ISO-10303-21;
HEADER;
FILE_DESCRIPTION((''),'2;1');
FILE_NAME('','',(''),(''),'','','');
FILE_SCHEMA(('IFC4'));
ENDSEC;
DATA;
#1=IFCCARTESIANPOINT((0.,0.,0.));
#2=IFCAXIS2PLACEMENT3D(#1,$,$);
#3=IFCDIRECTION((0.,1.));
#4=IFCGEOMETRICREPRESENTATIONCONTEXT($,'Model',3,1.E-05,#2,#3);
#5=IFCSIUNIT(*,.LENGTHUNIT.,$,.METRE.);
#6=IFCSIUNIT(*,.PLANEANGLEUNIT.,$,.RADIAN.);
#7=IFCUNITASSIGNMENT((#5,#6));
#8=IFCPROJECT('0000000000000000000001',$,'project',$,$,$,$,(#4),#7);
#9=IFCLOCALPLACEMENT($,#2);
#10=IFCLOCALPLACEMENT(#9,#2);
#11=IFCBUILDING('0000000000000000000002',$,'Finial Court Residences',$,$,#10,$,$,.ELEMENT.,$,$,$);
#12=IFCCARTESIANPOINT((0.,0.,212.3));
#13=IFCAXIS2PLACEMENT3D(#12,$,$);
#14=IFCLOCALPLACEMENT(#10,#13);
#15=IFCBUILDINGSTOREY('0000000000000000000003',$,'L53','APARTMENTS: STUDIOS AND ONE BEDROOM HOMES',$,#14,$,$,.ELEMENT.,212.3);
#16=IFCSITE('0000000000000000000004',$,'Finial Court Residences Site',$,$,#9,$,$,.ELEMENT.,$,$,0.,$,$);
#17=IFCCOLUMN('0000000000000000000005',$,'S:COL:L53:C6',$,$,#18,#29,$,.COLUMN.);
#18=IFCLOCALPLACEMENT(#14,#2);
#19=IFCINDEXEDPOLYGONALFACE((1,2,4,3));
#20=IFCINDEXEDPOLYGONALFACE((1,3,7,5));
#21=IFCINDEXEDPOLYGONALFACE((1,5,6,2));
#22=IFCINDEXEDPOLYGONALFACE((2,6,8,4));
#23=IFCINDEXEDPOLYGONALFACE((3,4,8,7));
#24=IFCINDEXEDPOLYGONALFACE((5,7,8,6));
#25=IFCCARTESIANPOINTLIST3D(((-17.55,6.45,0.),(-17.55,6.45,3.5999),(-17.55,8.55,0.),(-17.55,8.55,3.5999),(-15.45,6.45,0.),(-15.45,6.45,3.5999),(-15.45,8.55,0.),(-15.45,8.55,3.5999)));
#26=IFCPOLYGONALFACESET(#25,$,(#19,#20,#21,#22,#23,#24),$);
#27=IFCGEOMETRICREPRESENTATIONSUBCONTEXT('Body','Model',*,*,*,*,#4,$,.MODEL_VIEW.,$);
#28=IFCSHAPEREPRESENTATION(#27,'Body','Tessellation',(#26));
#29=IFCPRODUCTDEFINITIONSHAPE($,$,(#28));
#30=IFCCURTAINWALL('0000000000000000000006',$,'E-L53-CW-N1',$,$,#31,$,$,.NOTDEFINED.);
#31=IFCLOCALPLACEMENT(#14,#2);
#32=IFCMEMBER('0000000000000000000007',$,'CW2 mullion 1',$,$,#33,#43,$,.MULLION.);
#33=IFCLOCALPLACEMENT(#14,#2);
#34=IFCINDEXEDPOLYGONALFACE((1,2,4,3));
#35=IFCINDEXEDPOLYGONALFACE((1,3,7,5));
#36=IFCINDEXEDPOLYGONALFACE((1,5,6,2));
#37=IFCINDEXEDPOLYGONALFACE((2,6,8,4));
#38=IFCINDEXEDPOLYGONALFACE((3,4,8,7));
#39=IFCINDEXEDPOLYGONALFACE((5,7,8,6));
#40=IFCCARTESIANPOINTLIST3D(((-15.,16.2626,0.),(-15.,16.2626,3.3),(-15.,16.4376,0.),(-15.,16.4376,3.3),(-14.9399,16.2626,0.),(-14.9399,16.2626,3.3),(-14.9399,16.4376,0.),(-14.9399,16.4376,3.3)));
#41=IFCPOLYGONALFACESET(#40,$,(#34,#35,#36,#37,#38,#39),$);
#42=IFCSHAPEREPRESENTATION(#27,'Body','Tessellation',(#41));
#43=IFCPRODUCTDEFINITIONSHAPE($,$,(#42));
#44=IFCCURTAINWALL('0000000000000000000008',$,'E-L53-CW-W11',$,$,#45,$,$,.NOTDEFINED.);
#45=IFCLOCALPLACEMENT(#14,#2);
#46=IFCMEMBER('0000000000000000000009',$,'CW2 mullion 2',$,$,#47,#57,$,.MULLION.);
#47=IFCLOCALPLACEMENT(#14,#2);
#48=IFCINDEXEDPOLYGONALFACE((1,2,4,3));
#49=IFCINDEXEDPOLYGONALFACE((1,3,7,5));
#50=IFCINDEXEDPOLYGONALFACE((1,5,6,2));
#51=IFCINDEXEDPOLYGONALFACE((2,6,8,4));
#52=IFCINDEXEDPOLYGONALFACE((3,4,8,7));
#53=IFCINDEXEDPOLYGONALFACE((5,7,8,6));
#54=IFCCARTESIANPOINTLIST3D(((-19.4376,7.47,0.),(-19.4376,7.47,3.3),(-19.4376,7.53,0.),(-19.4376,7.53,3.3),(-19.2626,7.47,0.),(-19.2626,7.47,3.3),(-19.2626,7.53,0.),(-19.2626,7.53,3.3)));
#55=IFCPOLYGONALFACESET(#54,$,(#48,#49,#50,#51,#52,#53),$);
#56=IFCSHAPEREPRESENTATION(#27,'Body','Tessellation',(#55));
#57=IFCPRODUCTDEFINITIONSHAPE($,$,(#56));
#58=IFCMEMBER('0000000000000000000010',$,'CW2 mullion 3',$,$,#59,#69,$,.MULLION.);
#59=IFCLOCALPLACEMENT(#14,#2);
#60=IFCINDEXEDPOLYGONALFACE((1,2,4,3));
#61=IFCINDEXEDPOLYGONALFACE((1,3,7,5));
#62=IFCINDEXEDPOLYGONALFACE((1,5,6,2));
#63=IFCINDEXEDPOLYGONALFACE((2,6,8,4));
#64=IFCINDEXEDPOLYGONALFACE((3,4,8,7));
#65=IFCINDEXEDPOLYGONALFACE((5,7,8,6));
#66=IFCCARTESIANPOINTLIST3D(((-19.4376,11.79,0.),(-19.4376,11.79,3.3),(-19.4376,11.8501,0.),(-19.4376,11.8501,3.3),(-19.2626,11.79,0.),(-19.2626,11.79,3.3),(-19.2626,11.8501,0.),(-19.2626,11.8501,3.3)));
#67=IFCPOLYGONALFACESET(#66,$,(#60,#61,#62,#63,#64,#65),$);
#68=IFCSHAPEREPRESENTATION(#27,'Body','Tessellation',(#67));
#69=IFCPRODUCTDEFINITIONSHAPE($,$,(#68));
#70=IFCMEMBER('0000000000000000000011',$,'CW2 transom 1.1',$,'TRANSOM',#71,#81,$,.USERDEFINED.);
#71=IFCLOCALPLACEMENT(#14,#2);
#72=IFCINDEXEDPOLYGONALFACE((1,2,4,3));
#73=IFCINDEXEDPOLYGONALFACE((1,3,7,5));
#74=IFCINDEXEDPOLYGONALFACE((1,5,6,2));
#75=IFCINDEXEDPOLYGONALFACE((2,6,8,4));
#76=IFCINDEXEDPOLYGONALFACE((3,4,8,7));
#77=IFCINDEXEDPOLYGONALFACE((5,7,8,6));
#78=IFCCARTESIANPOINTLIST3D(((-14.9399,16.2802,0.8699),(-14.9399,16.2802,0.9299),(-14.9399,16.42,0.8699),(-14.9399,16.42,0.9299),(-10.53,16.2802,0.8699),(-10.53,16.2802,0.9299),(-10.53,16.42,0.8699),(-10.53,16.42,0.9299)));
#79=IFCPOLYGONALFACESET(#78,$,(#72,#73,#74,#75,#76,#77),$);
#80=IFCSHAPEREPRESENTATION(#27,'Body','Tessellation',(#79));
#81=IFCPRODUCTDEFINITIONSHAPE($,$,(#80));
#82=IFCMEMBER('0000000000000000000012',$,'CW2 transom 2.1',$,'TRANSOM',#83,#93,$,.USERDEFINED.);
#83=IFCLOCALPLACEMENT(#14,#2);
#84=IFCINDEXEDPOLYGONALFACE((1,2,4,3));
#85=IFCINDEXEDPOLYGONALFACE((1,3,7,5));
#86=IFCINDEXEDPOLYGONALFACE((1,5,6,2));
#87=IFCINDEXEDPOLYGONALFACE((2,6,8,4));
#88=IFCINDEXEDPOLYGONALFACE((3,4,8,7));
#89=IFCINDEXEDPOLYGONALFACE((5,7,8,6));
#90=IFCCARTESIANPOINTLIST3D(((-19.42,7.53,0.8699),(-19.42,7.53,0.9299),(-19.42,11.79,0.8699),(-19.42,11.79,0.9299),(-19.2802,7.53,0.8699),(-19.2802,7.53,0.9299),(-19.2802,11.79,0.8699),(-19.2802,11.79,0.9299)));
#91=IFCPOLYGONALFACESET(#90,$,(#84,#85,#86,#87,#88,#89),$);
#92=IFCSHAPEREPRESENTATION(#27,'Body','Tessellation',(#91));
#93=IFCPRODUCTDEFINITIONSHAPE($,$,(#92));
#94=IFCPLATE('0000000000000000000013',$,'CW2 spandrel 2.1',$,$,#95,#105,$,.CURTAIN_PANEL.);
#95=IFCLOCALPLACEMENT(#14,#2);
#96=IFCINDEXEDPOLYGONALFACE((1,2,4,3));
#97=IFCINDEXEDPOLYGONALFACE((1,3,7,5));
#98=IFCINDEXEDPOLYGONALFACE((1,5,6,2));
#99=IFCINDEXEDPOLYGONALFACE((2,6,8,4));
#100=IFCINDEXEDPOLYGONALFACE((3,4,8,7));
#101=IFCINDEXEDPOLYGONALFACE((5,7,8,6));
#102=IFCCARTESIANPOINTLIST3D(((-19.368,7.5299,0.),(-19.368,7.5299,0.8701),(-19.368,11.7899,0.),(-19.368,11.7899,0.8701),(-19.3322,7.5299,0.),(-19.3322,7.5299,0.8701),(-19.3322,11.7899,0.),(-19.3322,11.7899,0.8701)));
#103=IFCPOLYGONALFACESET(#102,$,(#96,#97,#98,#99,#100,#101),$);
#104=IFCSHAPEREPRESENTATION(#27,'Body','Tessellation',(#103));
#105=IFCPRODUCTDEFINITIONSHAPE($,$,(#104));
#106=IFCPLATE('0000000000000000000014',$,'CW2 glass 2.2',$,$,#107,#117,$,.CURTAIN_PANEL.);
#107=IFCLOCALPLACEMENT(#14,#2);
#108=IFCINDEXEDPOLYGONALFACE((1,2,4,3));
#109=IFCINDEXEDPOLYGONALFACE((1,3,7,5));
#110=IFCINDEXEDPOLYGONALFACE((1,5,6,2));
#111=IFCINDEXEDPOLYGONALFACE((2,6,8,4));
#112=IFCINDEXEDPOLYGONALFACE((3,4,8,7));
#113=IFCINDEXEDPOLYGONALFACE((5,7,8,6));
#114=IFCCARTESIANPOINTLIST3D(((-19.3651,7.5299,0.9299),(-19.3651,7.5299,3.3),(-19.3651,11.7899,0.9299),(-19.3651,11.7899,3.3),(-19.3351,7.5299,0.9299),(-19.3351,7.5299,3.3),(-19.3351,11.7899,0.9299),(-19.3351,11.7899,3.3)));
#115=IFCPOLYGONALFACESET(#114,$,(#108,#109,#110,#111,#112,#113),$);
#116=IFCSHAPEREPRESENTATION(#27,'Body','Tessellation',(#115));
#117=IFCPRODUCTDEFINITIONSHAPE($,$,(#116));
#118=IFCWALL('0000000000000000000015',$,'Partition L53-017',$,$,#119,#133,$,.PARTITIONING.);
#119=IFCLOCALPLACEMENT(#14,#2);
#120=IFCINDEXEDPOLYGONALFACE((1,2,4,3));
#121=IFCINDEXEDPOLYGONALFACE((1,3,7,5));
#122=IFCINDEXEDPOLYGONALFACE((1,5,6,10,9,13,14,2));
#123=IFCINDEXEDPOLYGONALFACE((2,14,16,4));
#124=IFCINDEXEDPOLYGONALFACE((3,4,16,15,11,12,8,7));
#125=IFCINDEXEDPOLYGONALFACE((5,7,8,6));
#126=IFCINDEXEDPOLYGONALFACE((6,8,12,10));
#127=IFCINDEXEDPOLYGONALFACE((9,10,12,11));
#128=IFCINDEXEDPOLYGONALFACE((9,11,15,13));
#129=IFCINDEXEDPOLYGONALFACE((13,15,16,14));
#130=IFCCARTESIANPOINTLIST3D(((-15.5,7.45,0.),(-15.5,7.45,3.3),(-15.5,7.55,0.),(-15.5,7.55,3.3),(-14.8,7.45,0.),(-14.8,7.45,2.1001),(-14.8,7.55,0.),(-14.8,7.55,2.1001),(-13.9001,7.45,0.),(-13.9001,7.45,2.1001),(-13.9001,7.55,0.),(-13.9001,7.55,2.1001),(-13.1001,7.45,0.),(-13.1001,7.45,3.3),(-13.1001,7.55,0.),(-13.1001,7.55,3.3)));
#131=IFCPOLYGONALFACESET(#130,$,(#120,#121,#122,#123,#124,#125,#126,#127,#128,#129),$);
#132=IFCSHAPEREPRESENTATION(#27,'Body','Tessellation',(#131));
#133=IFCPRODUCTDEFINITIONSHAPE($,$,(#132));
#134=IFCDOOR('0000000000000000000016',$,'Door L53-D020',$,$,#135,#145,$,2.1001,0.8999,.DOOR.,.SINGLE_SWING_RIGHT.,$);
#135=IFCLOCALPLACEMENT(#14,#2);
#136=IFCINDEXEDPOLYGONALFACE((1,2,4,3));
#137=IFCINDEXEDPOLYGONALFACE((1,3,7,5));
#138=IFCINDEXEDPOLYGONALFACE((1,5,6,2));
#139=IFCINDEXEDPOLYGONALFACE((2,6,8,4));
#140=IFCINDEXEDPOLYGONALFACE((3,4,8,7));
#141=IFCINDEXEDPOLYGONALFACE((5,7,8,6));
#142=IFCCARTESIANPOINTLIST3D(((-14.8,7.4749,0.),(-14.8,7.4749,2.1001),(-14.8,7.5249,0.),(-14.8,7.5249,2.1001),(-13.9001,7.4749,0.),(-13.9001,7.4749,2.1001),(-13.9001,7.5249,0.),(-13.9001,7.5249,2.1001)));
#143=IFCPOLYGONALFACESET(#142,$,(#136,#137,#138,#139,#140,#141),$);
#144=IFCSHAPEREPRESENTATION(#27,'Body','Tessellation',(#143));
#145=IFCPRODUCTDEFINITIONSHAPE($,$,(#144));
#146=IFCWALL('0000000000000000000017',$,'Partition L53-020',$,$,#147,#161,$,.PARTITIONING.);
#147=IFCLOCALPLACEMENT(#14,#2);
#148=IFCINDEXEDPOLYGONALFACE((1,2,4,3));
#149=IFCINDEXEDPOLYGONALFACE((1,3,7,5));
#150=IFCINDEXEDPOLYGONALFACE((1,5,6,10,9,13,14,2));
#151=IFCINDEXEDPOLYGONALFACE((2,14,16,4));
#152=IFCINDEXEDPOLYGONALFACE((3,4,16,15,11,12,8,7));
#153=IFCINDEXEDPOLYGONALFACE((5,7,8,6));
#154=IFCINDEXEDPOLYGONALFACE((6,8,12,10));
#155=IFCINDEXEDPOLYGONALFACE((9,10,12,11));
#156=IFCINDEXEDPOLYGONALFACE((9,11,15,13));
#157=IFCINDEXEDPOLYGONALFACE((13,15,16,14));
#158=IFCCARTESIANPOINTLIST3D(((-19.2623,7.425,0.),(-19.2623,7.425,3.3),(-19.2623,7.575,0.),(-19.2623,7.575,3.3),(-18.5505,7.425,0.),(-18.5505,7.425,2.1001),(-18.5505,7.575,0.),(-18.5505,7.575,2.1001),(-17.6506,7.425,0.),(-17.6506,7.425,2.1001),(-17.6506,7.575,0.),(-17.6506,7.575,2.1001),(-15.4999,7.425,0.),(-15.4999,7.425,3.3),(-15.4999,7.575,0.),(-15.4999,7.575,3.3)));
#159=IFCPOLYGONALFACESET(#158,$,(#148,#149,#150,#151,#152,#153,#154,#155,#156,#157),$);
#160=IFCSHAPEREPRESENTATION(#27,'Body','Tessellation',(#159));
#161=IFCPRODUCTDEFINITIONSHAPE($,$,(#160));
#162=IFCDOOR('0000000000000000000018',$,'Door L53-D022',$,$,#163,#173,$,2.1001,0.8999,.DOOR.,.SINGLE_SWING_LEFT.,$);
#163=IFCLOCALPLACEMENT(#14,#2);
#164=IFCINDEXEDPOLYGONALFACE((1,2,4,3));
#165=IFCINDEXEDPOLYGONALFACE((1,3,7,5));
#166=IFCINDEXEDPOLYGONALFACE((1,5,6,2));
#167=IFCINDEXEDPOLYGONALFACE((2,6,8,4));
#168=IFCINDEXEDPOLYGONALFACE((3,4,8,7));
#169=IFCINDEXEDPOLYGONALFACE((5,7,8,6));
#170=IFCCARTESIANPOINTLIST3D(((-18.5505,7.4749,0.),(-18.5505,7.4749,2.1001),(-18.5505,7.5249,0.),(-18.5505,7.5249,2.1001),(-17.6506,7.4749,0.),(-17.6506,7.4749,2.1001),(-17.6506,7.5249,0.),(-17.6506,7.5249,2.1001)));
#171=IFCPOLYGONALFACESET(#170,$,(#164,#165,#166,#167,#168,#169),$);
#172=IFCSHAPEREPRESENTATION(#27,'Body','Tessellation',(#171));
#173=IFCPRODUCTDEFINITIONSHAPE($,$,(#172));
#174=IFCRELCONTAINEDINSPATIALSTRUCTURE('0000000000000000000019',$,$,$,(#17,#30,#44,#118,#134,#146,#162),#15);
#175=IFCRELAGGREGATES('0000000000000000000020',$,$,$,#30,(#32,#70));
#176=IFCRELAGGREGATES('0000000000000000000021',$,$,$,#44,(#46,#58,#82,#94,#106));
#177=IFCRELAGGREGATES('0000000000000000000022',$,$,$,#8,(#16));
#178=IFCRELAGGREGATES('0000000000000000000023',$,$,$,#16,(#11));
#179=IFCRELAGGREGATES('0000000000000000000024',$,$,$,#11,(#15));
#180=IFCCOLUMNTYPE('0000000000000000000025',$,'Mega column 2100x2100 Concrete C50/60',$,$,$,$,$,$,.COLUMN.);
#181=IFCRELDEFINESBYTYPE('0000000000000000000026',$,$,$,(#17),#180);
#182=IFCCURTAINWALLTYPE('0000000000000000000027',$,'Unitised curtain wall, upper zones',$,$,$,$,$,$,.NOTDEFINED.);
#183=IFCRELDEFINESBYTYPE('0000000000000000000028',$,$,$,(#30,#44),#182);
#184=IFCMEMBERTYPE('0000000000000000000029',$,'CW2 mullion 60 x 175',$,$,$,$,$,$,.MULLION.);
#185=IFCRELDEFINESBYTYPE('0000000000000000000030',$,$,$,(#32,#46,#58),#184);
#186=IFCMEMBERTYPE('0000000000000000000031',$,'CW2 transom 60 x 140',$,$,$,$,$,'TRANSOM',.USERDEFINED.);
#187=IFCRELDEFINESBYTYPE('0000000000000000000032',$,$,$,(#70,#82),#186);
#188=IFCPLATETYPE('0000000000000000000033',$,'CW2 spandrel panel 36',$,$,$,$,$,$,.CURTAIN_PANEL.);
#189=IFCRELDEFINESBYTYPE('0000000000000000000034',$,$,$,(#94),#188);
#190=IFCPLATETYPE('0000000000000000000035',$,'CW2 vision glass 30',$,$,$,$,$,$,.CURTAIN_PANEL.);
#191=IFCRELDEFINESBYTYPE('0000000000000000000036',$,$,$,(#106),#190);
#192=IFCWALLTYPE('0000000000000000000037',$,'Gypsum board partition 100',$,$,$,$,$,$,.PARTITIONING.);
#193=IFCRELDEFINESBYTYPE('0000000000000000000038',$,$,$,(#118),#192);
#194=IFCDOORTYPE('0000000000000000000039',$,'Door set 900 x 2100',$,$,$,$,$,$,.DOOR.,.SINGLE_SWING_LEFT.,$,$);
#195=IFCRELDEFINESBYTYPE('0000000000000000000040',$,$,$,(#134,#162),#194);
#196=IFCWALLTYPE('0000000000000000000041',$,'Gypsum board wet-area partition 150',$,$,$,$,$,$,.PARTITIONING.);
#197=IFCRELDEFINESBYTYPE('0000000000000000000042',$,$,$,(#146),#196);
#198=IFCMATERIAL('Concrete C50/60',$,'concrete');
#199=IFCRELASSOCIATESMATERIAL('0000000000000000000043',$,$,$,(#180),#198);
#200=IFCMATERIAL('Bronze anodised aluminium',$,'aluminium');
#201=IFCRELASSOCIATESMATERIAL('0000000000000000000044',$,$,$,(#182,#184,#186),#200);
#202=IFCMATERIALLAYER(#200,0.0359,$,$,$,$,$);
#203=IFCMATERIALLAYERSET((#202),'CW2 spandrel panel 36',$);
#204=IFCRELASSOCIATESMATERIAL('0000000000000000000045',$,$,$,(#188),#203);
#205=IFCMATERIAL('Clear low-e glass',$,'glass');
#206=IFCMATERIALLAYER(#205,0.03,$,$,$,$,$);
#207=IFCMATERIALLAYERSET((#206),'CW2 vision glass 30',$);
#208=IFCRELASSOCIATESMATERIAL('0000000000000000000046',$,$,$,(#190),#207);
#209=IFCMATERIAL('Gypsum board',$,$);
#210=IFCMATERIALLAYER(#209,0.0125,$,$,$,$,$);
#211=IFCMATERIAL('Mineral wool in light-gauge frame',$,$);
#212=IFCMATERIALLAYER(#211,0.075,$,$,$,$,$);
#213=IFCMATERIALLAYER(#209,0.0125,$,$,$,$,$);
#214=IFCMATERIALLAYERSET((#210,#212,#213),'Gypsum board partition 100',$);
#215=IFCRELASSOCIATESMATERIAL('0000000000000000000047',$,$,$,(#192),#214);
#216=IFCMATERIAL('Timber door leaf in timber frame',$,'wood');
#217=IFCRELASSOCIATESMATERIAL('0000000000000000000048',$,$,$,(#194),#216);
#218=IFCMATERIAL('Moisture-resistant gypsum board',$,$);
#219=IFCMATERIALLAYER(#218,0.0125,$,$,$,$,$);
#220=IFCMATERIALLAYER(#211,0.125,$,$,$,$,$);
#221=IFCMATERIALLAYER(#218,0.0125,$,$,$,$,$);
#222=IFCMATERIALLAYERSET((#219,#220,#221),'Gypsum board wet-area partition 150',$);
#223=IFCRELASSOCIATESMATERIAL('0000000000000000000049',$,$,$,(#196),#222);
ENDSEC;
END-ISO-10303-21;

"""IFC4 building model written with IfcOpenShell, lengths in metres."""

from ifc_helpers import new_model, si_unit, direction, frame, frame_2d, origin, origin_2d, place, context, subcontext, project, spatial, rectangle, extrude, material, layer, layer_set, material_profile, profile_set, type_object, element, fill, aggregate, save


model = new_model("IFC4")

# Units and contexts
model_context = context("Model", 3, precision=1e-05, world=origin(), true_north=direction((0.0, 1.0)))
body_context = subcontext(model_context, "Body", "Model", "MODEL_VIEW")
ifc_project = project(units=[si_unit("LENGTHUNIT", "METRE"), si_unit("PLANEANGLEUNIT", "RADIAN")], contexts=[model_context])

# Site, building, storey
site_placement = place(None, origin())
site = spatial("IfcSite", under=ifc_project, at=site_placement, Name="Finial Court Residences Site", CompositionType="ELEMENT", RefElevation=0.0)
building_placement = place(site_placement, origin())
building = spatial("IfcBuilding", under=site, at=building_placement, Name="Finial Court Residences", CompositionType="ELEMENT")
storey_placement = place(building_placement, frame((0.0, 0.0, 212.3)))
storey = spatial("IfcBuildingStorey", under=building, at=storey_placement, Name="L53", Description="APARTMENTS: STUDIOS AND ONE BEDROOM HOMES", CompositionType="ELEMENT", Elevation=212.3)

# Column
ifc_material_1 = material(Name="Concrete C50/60", Category="concrete")
ifc_material_profile_1 = material_profile(ifc_material_1, rectangle(XDim=2.1001, YDim=2.1001, at=origin_2d()), Name="2100x2100")
ifc_profile_set_1 = profile_set([ifc_material_profile_1], Name="Concrete C50/60")
column_type = type_object("IfcColumnType", Name="Mega column 2100x2100 Concrete C50/60", PredefinedType="COLUMN", material=ifc_profile_set_1)
column_placement = place(storey_placement, frame((-16.5, 7.5, 0.0), z_axis=(0.0, 0.0, 1.0), x_axis=(1.0, 0.0, 0.0)))
element("IfcColumn", 1, at=column_placement, inside=storey, type_object=column_type, Name="S:COL:L53:C6", PredefinedType="COLUMN", context=body_context, shape_type="SweptSolid", body=[
    extrude(rectangle(XDim=2.1001, YDim=2.1001, at=origin_2d()), origin(), (0.0, 0.0, 1.0), 3.5999),
])

# Curtain wall, member
ifc_material_2 = material(Name="Bronze anodised aluminium", Category="aluminium")
curtain_wall_type = type_object("IfcCurtainWallType", Name="Unitised curtain wall, upper zones", PredefinedType="NOTDEFINED", material=ifc_material_2)
curtain_wall_1_placement = place(storey_placement, origin())
curtain_wall_1 = element("IfcCurtainWall", 2, at=curtain_wall_1_placement, inside=storey, type_object=curtain_wall_type, Name="E-L53-CW-N1", PredefinedType="NOTDEFINED")
ifc_material_profile_2 = material_profile(ifc_material_2, rectangle(XDim=0.175, YDim=0.0601, at=origin_2d()), Name="CW2 mullion 60 x 175")
ifc_profile_set_2 = profile_set([ifc_material_profile_2], Name="Bronze anodised aluminium")
member_type_1 = type_object("IfcMemberType", Name="CW2 mullion 60 x 175", PredefinedType="MULLION", material=ifc_profile_set_2)
member_1_placement = place(storey_placement, frame((-14.97, 16.3501, 0.0), z_axis=(0.0, 0.0, 1.0), x_axis=(0.0, 1.0, 0.0)))
member_1 = element("IfcMember", 3, at=member_1_placement, type_object=member_type_1, Name="CW2 mullion 1", PredefinedType="MULLION", context=body_context, shape_type="SweptSolid", body=[
    extrude(rectangle(XDim=0.175, YDim=0.0601, at=origin_2d()), origin(), (0.0, 0.0, 1.0), 3.3),
])

# Curtain wall, members
curtain_wall_2_placement = place(storey_placement, origin())
curtain_wall_2 = element("IfcCurtainWall", 4, at=curtain_wall_2_placement, inside=storey, type_object=curtain_wall_type, Name="E-L53-CW-W11", PredefinedType="NOTDEFINED")
member_2_placement = place(storey_placement, frame((-19.3501, 7.5, 0.0), z_axis=(0.0, 0.0, 1.0), x_axis=(-1.0, 0.0, 0.0)))
member_2 = element("IfcMember", 5, at=member_2_placement, type_object=member_type_1, Name="CW2 mullion 2", PredefinedType="MULLION", context=body_context, shape_type="SweptSolid", body=[
    extrude(rectangle(XDim=0.175, YDim=0.0601, at=origin_2d()), origin(), (0.0, 0.0, 1.0), 3.3),
])
member_3_placement = place(storey_placement, frame((-19.3501, 11.8201, 0.0), z_axis=(0.0, 0.0, 1.0), x_axis=(-1.0, 0.0, 0.0)))
member_3 = element("IfcMember", 6, at=member_3_placement, type_object=member_type_1, Name="CW2 mullion 3", PredefinedType="MULLION", context=body_context, shape_type="SweptSolid", body=[
    extrude(rectangle(XDim=0.175, YDim=0.0601, at=origin_2d()), origin(), (0.0, 0.0, 1.0), 3.3),
])

# Members
ifc_material_profile_3 = material_profile(ifc_material_2, rectangle(XDim=0.1399, YDim=0.0601, at=origin_2d()), Name="CW2 transom 60 x 140")
ifc_profile_set_3 = profile_set([ifc_material_profile_3], Name="Bronze anodised aluminium")
member_type_2 = type_object("IfcMemberType", Name="CW2 transom 60 x 140", ElementType="TRANSOM", PredefinedType="USERDEFINED", material=ifc_profile_set_3)
member_4_placement = place(storey_placement, frame((-14.9399, 16.3501, 0.8999), z_axis=(1.0, 0.0, 0.0), x_axis=(0.0, 1.0, 0.0)))
member_4 = element("IfcMember", 7, at=member_4_placement, type_object=member_type_2, Name="CW2 transom 1.1", ObjectType="TRANSOM", PredefinedType="USERDEFINED", context=body_context, shape_type="SweptSolid", body=[
    extrude(rectangle(XDim=0.1399, YDim=0.0601, at=origin_2d()), origin(), (0.0, 0.0, 1.0), 4.4099),
])
aggregate(curtain_wall_1, [member_1, member_4])
member_5_placement = place(storey_placement, frame((-19.3501, 7.53, 0.8999), z_axis=(0.0, 1.0, 0.0), x_axis=(-1.0, 0.0, 0.0)))
member_5 = element("IfcMember", 8, at=member_5_placement, type_object=member_type_2, Name="CW2 transom 2.1", ObjectType="TRANSOM", PredefinedType="USERDEFINED", context=body_context, shape_type="SweptSolid", body=[
    extrude(rectangle(XDim=0.1399, YDim=0.0601, at=origin_2d()), origin(), (0.0, 0.0, 1.0), 4.26),
])

# Plates
ifc_layer_1 = layer(ifc_material_2, 0.0359)
ifc_layer_set_1 = layer_set([ifc_layer_1], Name="CW2 spandrel panel 36")
plate_type_1 = type_object("IfcPlateType", Name="CW2 spandrel panel 36", PredefinedType="CURTAIN_PANEL", material=ifc_layer_set_1)
plate_1_placement = place(storey_placement, frame((-19.3501, 9.6599, 0.0), z_axis=(0.0, 0.0, 1.0), x_axis=(0.0, 1.0, 0.0)))
plate_1 = element("IfcPlate", 9, at=plate_1_placement, type_object=plate_type_1, Name="CW2 spandrel 2.1", PredefinedType="CURTAIN_PANEL", context=body_context, shape_type="SweptSolid", body=[
    extrude(rectangle(XDim=4.26, YDim=0.0359, at=origin_2d()), origin(), (0.0, 0.0, 1.0), 0.8701),
])
ifc_material_3 = material(Name="Clear low-e glass", Category="glass")
ifc_layer_2 = layer(ifc_material_3, 0.03)
ifc_layer_set_2 = layer_set([ifc_layer_2], Name="CW2 vision glass 30")
plate_type_2 = type_object("IfcPlateType", Name="CW2 vision glass 30", PredefinedType="CURTAIN_PANEL", material=ifc_layer_set_2)
plate_2_placement = place(storey_placement, frame((-19.3501, 9.6599, 0.9299), z_axis=(0.0, 0.0, 1.0), x_axis=(0.0, 1.0, 0.0)))
plate_2 = element("IfcPlate", 10, at=plate_2_placement, type_object=plate_type_2, Name="CW2 glass 2.2", PredefinedType="CURTAIN_PANEL", context=body_context, shape_type="SweptSolid", body=[
    extrude(rectangle(XDim=4.26, YDim=0.03, at=origin_2d()), origin(), (0.0, 0.0, 1.0), 2.3701),
])
aggregate(curtain_wall_2, [member_2, member_3, member_5, plate_1, plate_2])

# Walls, openings, doors
ifc_material_4 = material(Name="Gypsum board")
ifc_layer_3 = layer(ifc_material_4, 0.0125)
ifc_material_5 = material(Name="Mineral wool in light-gauge frame")
ifc_layer_4 = layer(ifc_material_5, 0.075)
ifc_layer_5 = layer(ifc_material_4, 0.0125)
ifc_layer_set_3 = layer_set([ifc_layer_3, ifc_layer_4, ifc_layer_5], Name="Gypsum board partition 100")
wall_type_1 = type_object("IfcWallType", Name="Gypsum board partition 100", PredefinedType="PARTITIONING", material=ifc_layer_set_3)
wall_1_placement = place(storey_placement, frame((-15.5, 7.5, 0.0), z_axis=(0.0, 0.0, 1.0), x_axis=(1.0, 0.0, 0.0)))
wall_1 = element("IfcWall", 11, at=wall_1_placement, inside=storey, type_object=wall_type_1, Name="Partition L53-017", PredefinedType="PARTITIONING", context=body_context, shape_type="SweptSolid", body=[
    extrude(rectangle(XDim=2.3999, YDim=0.1001, at=frame_2d((1.2, 0.0))), origin(), (0.0, 0.0, 1.0), 3.3),
])
opening_1_placement = place(wall_1_placement, frame((0.7, 0.0, 0.0)))
opening_1 = element("IfcOpeningElement", 12, at=opening_1_placement, cuts=wall_1, PredefinedType="OPENING", context=body_context, shape_type="SweptSolid", body=[
    extrude(rectangle(XDim=0.8999, YDim=2.1001, at=frame_2d((0.45, 1.05))), frame((0.0, 0.0601, 0.0), z_axis=(0.0, -1.0, 0.0), x_axis=(1.0, 0.0, 0.0)), (0.0, 0.0, 1.0), 0.1201),
])
ifc_material_6 = material(Name="Timber door leaf in timber frame", Category="wood")
door_type = type_object("IfcDoorType", Name="Door set 900 x 2100", OperationType="SINGLE_SWING_LEFT", PredefinedType="DOOR", material=ifc_material_6)
door_1_placement = place(opening_1_placement, origin())
door_1 = element("IfcDoor", 13, at=door_1_placement, inside=storey, type_object=door_type, Name="Door L53-D020", OperationType="SINGLE_SWING_RIGHT", OverallHeight=2.1001, OverallWidth=0.8999, PredefinedType="DOOR", context=body_context, shape_type="SweptSolid", body=[
    extrude(rectangle(XDim=0.8999, YDim=2.1001, at=frame_2d((0.45, 1.05))), frame((0.0, 0.0249, 0.0), z_axis=(0.0, -1.0, 0.0), x_axis=(1.0, 0.0, 0.0)), (0.0, 0.0, 1.0), 0.05),
])
fill(opening_1, door_1)
ifc_material_7 = material(Name="Moisture-resistant gypsum board")
ifc_layer_6 = layer(ifc_material_7, 0.0125)
ifc_layer_7 = layer(ifc_material_5, 0.125)
ifc_layer_8 = layer(ifc_material_7, 0.0125)
ifc_layer_set_4 = layer_set([ifc_layer_6, ifc_layer_7, ifc_layer_8], Name="Gypsum board wet-area partition 150")
wall_type_2 = type_object("IfcWallType", Name="Gypsum board wet-area partition 150", PredefinedType="PARTITIONING", material=ifc_layer_set_4)
wall_2_placement = place(storey_placement, frame((-19.2625, 7.5, 0.0), z_axis=(0.0, 0.0, 1.0), x_axis=(1.0, 0.0, 0.0)))
wall_2 = element("IfcWall", 14, at=wall_2_placement, inside=storey, type_object=wall_type_2, Name="Partition L53-020", PredefinedType="PARTITIONING", context=body_context, shape_type="SweptSolid", body=[
    extrude(rectangle(XDim=3.7625, YDim=0.1499, at=frame_2d((1.8813, 0.0))), origin(), (0.0, 0.0, 1.0), 3.3),
])
opening_2_placement = place(wall_2_placement, frame((0.7119, 0.0, 0.0)))
opening_2 = element("IfcOpeningElement", 15, at=opening_2_placement, cuts=wall_2, PredefinedType="OPENING", context=body_context, shape_type="SweptSolid", body=[
    extrude(rectangle(XDim=0.8999, YDim=2.1001, at=frame_2d((0.45, 1.05))), frame((0.0, 0.085, 0.0), z_axis=(0.0, -1.0, 0.0), x_axis=(1.0, 0.0, 0.0)), (0.0, 0.0, 1.0), 0.1699),
])
door_2_placement = place(opening_2_placement, origin())
door_2 = element("IfcDoor", 16, at=door_2_placement, inside=storey, type_object=door_type, Name="Door L53-D022", OperationType="SINGLE_SWING_LEFT", OverallHeight=2.1001, OverallWidth=0.8999, PredefinedType="DOOR", context=body_context, shape_type="SweptSolid", body=[
    extrude(rectangle(XDim=0.8999, YDim=2.1001, at=frame_2d((0.45, 1.05))), frame((0.0, 0.0249, 0.0), z_axis=(0.0, -1.0, 0.0), x_axis=(1.0, 0.0, 0.0)), (0.0, 0.0, 1.0), 0.05),
])
fill(opening_2, door_2)

save(model, "model.ifc")
